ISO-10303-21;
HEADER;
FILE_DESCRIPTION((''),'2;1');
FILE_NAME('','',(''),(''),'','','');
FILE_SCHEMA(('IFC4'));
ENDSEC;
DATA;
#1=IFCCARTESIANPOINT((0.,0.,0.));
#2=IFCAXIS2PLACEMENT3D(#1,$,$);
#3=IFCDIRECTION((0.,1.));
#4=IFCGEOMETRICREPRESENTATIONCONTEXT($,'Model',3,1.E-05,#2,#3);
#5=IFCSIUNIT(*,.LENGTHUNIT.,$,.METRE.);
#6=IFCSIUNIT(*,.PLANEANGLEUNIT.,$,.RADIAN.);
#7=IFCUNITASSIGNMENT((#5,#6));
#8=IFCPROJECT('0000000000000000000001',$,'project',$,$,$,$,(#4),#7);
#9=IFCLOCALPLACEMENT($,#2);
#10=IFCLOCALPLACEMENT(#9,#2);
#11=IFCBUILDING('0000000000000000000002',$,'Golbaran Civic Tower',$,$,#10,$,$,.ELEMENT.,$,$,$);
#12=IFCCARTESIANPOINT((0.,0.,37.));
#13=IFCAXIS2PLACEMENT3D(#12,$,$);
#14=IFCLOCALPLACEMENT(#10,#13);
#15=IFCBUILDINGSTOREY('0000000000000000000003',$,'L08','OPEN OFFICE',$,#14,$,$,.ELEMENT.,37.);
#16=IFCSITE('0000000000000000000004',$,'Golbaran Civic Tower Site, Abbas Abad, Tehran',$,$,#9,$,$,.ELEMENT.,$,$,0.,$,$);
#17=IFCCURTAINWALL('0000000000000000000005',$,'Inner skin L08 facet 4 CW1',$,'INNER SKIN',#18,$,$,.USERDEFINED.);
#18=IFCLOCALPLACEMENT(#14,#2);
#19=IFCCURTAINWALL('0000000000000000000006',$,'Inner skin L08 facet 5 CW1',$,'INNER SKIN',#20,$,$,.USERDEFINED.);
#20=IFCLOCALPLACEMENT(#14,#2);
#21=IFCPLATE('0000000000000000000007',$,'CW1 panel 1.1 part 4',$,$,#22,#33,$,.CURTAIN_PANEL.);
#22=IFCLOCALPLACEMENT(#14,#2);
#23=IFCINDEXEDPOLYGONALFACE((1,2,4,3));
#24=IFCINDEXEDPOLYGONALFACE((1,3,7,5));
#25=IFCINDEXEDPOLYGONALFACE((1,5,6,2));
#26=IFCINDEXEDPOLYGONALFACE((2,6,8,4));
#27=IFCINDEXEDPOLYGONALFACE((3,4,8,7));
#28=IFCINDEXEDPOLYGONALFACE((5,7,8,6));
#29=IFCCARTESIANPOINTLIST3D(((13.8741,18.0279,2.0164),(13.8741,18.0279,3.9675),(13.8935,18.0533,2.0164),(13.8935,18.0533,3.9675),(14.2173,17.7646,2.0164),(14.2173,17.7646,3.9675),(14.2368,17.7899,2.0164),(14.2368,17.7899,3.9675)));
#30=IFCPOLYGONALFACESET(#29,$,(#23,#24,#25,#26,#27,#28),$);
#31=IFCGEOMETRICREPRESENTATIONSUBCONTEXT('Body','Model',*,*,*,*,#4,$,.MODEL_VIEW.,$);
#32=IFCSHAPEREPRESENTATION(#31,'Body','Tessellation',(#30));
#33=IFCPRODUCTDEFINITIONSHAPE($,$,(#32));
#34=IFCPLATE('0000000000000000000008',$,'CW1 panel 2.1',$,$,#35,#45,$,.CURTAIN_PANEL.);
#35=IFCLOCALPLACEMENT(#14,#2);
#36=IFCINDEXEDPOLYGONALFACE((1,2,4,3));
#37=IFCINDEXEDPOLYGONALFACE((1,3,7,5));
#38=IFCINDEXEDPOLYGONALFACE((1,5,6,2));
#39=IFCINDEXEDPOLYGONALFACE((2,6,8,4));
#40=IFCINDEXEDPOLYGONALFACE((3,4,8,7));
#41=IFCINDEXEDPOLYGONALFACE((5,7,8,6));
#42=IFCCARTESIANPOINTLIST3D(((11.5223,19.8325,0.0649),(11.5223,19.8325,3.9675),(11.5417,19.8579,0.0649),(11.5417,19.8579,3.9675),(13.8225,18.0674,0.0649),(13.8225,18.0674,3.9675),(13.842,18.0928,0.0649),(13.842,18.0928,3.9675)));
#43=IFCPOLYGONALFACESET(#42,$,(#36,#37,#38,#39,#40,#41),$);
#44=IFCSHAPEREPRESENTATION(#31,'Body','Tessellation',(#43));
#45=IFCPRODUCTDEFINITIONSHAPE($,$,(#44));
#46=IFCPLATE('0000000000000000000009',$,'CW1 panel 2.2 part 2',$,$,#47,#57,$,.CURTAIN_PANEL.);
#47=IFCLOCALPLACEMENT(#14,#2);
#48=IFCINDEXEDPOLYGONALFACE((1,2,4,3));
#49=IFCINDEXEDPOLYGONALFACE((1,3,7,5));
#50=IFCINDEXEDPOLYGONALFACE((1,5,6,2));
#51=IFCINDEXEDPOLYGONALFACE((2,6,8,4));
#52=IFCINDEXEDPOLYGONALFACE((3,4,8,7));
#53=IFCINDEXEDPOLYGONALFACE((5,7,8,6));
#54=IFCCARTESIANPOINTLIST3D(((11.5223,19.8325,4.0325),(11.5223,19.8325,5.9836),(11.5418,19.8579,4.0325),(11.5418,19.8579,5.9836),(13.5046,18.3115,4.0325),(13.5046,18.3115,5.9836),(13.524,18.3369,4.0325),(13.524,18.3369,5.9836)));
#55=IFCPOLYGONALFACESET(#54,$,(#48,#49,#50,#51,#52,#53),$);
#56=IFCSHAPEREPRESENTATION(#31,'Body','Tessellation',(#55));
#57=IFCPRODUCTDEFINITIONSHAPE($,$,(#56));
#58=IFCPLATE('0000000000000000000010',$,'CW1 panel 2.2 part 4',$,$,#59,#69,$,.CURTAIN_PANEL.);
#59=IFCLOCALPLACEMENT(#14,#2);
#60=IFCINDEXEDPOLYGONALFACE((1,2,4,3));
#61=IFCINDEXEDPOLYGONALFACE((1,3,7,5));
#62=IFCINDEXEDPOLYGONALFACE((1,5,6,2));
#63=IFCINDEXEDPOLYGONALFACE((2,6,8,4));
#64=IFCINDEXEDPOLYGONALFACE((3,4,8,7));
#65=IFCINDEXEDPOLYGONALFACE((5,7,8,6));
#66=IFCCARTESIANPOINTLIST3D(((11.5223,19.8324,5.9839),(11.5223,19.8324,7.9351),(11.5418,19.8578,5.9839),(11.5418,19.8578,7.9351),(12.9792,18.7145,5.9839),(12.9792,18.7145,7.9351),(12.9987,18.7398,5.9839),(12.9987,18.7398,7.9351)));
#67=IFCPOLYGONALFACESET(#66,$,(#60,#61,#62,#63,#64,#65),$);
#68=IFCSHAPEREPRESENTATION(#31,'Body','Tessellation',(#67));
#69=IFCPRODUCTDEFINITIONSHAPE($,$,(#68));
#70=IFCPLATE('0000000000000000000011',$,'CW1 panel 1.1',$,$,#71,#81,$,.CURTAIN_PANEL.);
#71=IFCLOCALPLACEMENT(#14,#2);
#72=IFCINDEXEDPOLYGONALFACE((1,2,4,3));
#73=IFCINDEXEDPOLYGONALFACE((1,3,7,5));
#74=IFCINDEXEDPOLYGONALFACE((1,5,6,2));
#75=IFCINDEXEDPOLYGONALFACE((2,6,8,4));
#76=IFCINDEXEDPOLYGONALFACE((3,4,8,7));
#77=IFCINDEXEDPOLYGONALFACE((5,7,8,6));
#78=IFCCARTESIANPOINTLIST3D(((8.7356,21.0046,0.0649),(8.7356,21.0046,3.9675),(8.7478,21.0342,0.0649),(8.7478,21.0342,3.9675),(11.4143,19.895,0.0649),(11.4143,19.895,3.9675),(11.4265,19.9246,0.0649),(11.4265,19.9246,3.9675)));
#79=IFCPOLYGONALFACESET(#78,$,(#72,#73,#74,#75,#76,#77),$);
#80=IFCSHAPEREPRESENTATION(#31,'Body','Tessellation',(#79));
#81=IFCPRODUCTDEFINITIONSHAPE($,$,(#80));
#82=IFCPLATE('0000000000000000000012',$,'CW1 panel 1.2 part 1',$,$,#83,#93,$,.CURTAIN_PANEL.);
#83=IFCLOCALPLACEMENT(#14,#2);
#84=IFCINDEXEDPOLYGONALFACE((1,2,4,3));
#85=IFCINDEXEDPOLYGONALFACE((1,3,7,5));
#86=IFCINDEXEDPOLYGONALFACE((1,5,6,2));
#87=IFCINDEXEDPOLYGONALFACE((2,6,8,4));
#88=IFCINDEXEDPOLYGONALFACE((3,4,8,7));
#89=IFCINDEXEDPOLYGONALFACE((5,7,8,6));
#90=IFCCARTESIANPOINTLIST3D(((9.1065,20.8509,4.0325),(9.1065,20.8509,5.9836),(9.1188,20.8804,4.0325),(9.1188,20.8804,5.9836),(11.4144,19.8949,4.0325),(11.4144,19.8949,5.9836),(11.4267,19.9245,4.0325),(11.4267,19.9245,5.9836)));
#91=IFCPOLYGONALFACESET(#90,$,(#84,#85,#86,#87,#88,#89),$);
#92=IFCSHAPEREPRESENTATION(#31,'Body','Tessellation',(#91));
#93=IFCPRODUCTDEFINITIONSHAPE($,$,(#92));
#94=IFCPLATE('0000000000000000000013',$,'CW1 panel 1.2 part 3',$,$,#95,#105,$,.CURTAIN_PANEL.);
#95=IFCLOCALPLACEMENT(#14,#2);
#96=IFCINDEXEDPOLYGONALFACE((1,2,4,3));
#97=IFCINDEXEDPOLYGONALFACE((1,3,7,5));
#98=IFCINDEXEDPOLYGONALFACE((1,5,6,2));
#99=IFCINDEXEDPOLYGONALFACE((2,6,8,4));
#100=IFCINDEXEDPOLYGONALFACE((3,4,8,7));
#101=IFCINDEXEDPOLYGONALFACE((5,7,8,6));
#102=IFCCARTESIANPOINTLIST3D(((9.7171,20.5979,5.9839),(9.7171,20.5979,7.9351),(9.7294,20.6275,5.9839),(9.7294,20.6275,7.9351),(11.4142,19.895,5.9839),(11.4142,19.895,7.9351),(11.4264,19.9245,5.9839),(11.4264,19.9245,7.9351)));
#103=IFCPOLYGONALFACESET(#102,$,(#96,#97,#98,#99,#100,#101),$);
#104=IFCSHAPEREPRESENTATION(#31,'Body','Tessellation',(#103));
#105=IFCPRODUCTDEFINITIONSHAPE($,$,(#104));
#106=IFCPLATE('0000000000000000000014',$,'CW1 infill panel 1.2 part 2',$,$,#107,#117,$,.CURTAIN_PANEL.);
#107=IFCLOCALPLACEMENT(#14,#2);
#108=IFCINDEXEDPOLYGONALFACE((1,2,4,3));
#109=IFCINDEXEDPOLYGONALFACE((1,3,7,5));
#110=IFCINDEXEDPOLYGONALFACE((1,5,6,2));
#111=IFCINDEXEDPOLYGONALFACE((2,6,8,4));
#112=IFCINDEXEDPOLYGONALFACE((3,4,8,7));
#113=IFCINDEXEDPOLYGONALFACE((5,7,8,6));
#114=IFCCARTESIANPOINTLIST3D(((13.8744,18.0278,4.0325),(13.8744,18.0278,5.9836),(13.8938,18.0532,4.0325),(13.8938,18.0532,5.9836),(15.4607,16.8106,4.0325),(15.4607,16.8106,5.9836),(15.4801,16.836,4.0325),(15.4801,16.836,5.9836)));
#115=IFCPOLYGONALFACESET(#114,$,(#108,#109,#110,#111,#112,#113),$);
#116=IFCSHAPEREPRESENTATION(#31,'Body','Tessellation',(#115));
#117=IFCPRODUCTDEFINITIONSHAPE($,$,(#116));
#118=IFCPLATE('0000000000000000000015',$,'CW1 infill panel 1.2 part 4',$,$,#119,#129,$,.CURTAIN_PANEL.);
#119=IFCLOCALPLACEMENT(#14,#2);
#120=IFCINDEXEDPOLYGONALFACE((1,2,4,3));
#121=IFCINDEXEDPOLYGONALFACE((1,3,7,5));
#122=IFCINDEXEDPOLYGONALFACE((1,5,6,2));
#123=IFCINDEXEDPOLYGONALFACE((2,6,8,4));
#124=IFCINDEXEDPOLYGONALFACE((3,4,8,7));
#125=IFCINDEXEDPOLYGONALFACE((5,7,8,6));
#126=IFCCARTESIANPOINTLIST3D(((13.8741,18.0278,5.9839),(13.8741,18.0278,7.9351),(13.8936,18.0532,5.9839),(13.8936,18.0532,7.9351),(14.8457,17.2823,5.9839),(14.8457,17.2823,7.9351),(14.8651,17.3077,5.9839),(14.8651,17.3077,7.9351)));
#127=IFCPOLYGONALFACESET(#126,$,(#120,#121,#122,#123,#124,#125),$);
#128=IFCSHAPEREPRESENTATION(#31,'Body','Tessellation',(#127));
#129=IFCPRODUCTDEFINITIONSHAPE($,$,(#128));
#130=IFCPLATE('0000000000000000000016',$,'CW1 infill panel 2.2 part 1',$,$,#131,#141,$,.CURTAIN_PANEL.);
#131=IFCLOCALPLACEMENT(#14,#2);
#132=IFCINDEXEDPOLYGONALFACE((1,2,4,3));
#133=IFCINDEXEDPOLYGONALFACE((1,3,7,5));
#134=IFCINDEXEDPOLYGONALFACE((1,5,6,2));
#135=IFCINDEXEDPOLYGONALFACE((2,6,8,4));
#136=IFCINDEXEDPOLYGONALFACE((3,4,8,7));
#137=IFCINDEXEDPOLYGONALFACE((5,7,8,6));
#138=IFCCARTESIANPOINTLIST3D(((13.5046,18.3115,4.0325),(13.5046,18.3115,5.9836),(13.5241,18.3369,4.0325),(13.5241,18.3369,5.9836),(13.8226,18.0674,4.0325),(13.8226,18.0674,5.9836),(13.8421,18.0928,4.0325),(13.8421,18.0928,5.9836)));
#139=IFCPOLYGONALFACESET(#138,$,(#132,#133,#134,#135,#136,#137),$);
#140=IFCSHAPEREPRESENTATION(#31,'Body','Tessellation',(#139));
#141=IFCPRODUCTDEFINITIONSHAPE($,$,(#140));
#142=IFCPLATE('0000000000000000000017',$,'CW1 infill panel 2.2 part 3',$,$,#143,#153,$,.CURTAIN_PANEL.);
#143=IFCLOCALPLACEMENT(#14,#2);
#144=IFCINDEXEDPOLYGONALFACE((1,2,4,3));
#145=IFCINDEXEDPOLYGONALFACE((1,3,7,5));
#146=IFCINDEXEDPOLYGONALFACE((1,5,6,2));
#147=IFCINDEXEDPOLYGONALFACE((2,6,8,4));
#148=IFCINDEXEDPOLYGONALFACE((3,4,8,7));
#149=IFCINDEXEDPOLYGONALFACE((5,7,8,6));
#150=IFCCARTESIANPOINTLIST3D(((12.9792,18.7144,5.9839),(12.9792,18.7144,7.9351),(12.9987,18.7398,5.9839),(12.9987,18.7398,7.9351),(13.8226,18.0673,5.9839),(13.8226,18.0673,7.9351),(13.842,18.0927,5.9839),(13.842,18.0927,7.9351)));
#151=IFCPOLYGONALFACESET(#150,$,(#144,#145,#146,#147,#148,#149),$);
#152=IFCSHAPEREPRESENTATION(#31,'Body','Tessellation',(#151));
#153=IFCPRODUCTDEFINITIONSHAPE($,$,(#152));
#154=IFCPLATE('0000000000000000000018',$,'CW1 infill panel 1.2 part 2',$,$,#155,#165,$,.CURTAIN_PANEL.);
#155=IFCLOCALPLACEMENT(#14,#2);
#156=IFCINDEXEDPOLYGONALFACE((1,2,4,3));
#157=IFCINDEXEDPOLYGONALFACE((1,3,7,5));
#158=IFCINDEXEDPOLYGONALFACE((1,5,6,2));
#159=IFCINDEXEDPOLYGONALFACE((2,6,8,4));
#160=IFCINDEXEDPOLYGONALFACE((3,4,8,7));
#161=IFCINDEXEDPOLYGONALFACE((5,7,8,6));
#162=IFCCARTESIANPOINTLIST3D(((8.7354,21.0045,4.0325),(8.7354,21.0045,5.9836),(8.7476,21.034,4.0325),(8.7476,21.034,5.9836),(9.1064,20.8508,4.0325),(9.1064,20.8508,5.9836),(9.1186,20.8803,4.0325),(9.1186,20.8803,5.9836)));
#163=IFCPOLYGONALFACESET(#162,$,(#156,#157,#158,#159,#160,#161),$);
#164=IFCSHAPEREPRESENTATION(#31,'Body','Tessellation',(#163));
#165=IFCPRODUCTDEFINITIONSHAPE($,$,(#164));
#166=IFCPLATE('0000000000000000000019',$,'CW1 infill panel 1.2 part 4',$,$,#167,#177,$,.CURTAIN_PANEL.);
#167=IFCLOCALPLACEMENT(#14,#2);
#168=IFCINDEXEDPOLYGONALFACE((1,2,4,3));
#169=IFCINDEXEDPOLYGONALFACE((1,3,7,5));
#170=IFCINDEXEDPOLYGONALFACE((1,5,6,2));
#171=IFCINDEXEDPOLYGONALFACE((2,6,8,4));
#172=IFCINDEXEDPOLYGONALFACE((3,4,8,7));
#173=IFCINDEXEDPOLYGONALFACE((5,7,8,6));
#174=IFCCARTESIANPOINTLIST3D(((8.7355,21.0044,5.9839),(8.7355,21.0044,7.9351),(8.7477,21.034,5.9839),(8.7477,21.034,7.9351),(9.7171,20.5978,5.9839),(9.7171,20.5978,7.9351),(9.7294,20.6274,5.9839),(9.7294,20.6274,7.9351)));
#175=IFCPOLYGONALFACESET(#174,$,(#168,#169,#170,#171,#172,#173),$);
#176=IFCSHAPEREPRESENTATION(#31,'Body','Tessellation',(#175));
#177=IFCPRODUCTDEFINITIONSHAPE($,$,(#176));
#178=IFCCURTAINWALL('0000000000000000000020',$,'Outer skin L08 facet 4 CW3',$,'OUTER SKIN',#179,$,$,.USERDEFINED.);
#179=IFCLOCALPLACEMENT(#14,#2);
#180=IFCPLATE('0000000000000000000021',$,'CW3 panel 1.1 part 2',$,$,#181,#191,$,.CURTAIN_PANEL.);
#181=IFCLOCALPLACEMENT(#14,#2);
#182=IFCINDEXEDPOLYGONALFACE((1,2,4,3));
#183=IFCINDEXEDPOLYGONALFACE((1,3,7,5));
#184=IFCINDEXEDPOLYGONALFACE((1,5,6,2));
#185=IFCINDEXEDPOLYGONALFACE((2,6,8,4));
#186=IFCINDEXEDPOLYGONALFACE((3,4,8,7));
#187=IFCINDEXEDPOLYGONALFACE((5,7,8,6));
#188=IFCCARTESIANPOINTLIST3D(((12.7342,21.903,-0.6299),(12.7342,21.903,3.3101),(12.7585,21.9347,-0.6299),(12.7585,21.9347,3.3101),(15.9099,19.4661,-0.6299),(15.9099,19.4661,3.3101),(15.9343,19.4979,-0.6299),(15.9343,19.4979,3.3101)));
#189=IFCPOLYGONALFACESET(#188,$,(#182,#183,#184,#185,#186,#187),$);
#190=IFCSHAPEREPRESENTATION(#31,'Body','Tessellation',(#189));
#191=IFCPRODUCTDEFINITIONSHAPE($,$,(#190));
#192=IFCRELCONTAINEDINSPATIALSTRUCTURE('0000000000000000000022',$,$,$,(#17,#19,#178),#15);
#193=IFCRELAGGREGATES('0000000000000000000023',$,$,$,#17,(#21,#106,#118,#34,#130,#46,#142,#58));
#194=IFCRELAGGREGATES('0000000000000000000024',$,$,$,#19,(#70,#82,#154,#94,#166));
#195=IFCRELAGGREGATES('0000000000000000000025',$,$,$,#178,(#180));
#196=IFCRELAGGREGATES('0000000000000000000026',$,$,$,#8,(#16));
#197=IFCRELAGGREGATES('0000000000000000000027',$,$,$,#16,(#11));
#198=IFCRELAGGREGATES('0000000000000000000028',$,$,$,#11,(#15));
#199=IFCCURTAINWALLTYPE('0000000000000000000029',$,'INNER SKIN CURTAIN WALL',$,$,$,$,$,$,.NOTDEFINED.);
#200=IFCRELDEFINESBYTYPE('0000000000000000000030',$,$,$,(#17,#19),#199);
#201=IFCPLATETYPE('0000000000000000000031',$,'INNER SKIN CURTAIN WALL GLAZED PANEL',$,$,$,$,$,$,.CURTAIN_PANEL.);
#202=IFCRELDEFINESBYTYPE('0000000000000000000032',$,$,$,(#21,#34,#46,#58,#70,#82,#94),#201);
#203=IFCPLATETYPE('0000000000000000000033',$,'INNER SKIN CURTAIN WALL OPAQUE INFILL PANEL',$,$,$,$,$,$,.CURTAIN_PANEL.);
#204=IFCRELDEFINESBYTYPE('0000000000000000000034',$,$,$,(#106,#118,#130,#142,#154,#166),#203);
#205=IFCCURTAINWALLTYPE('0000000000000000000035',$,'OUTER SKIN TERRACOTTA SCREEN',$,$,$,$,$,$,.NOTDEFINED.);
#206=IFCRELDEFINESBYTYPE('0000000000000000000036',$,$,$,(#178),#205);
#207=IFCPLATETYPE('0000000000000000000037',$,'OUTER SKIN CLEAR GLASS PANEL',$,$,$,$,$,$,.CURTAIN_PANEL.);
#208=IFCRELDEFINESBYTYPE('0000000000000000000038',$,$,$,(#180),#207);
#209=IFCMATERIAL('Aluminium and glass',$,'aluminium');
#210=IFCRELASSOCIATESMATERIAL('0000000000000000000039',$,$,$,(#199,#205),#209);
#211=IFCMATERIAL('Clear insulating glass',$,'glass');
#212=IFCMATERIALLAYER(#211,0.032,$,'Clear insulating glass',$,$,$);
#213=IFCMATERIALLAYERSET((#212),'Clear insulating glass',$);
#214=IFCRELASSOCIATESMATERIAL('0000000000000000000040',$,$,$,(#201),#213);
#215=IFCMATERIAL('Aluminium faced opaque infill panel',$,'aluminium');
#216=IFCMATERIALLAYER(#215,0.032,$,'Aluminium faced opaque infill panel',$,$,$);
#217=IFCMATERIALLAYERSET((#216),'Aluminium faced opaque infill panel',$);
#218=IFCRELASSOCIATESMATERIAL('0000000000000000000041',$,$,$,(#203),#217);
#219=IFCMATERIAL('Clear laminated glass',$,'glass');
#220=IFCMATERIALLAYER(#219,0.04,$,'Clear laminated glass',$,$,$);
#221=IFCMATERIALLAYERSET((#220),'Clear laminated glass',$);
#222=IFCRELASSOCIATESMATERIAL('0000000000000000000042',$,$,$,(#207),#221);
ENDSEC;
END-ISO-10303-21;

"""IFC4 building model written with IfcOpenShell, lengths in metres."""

from ifc_helpers import new_model, si_unit, direction, frame, origin, origin_2d, place, context, subcontext, project, spatial, rectangle, extrude, material, layer, layer_set, type_object, element, aggregate, save


model = new_model("IFC4")

# Units and contexts
model_context = context("Model", 3, precision=1e-05, world=origin(), true_north=direction((0.0, 1.0)))
body_context = subcontext(model_context, "Body", "Model", "MODEL_VIEW")
ifc_project = project(units=[si_unit("LENGTHUNIT", "METRE"), si_unit("PLANEANGLEUNIT", "RADIAN")], contexts=[model_context])

# Site, building, storey
site_placement = place(None, origin())
site = spatial("IfcSite", under=ifc_project, at=site_placement, Name="Golbaran Civic Tower Site, Abbas Abad, Tehran", CompositionType="ELEMENT", RefElevation=0.0)
building_placement = place(site_placement, origin())
building = spatial("IfcBuilding", under=site, at=building_placement, Name="Golbaran Civic Tower", CompositionType="ELEMENT")
storey_placement = place(building_placement, frame((0.0, 0.0, 37.0)))
storey = spatial("IfcBuildingStorey", under=building, at=storey_placement, Name="L08", Description="OPEN OFFICE", CompositionType="ELEMENT", Elevation=37.0)

# Curtain walls
ifc_material_1 = material(Name="Aluminium and glass", Category="aluminium")
curtain_wall_type_1 = type_object("IfcCurtainWallType", Name="INNER SKIN CURTAIN WALL", PredefinedType="NOTDEFINED", material=ifc_material_1)
curtain_wall_1_placement = place(storey_placement, origin())
curtain_wall_1 = element("IfcCurtainWall", 1, at=curtain_wall_1_placement, inside=storey, type_object=curtain_wall_type_1, Name="Inner skin L08 facet 4 CW1", ObjectType="INNER SKIN", PredefinedType="USERDEFINED")
curtain_wall_2_placement = place(storey_placement, origin())
curtain_wall_2 = element("IfcCurtainWall", 2, at=curtain_wall_2_placement, inside=storey, type_object=curtain_wall_type_1, Name="Inner skin L08 facet 5 CW1", ObjectType="INNER SKIN", PredefinedType="USERDEFINED")

# Plates
ifc_material_2 = material(Name="Clear insulating glass", Category="glass")
ifc_layer_1 = layer(ifc_material_2, 0.032, Name="Clear insulating glass")
ifc_layer_set_1 = layer_set([ifc_layer_1], Name="Clear insulating glass")
plate_type_1 = type_object("IfcPlateType", Name="INNER SKIN CURTAIN WALL GLAZED PANEL", PredefinedType="CURTAIN_PANEL", material=ifc_layer_set_1)
plate_1_placement = place(storey_placement, frame((14.0554, 17.9089, 2.0164), z_axis=(0.0, 0.0, 1.0), x_axis=(-0.793353, 0.608761, 0.0)))
plate_1 = element("IfcPlate", 3, at=plate_1_placement, type_object=plate_type_1, Name="CW1 panel 1.1 part 4", PredefinedType="CURTAIN_PANEL", context=body_context, shape_type="SweptSolid", body=[
    extrude(rectangle(XDim=0.4326, YDim=0.032, at=origin_2d()), origin(), (0.0, 0.0, 1.0), 1.9512),
])
plate_2_placement = place(storey_placement, frame((12.6821, 18.9626, 0.0649), z_axis=(0.0, 0.0, 1.0), x_axis=(-0.793353, 0.608761, 0.0)))
plate_2 = element("IfcPlate", 4, at=plate_2_placement, type_object=plate_type_1, Name="CW1 panel 2.1", PredefinedType="CURTAIN_PANEL", context=body_context, shape_type="SweptSolid", body=[
    extrude(rectangle(XDim=2.8994, YDim=0.032, at=origin_2d()), origin(), (0.0, 0.0, 1.0), 3.9026),
])
plate_3_placement = place(storey_placement, frame((12.5232, 19.0847, 4.0325), z_axis=(0.0, 0.0, 1.0), x_axis=(-0.793353, 0.608761, 0.0)))
plate_3 = element("IfcPlate", 5, at=plate_3_placement, type_object=plate_type_1, Name="CW1 panel 2.2 part 2", PredefinedType="CURTAIN_PANEL", context=body_context, shape_type="SweptSolid", body=[
    extrude(rectangle(XDim=2.4985, YDim=0.032, at=origin_2d()), origin(), (0.0, 0.0, 1.0), 1.9512),
])
plate_4_placement = place(storey_placement, frame((12.2605, 19.2861, 5.9839), z_axis=(0.0, 0.0, 1.0), x_axis=(-0.793353, 0.608761, 0.0)))
plate_4 = element("IfcPlate", 6, at=plate_4_placement, type_object=plate_type_1, Name="CW1 panel 2.2 part 4", PredefinedType="CURTAIN_PANEL", context=body_context, shape_type="SweptSolid", body=[
    extrude(rectangle(XDim=1.8364, YDim=0.032, at=origin_2d()), origin(), (0.0, 0.0, 1.0), 1.9512),
])
plate_5_placement = place(storey_placement, frame((10.0811, 20.4646, 0.0649), z_axis=(0.0, 0.0, 1.0), x_axis=(-0.92388, 0.382683, 0.0)))
plate_5 = element("IfcPlate", 7, at=plate_5_placement, type_object=plate_type_1, Name="CW1 panel 1.1", PredefinedType="CURTAIN_PANEL", context=body_context, shape_type="SweptSolid", body=[
    extrude(rectangle(XDim=2.8994, YDim=0.032, at=origin_2d()), origin(), (0.0, 0.0, 1.0), 3.9026),
])
plate_6_placement = place(storey_placement, frame((10.2666, 20.3877, 4.0325), z_axis=(0.0, 0.0, 1.0), x_axis=(-0.92388, 0.382683, 0.0)))
plate_6 = element("IfcPlate", 8, at=plate_6_placement, type_object=plate_type_1, Name="CW1 panel 1.2 part 1", PredefinedType="CURTAIN_PANEL", context=body_context, shape_type="SweptSolid", body=[
    extrude(rectangle(XDim=2.498, YDim=0.032, at=origin_2d()), origin(), (0.0, 0.0, 1.0), 1.9512),
])
plate_7_placement = place(storey_placement, frame((10.5718, 20.2612, 5.9839), z_axis=(0.0, 0.0, 1.0), x_axis=(-0.92388, 0.382683, 0.0)))
plate_7 = element("IfcPlate", 9, at=plate_7_placement, type_object=plate_type_1, Name="CW1 panel 1.2 part 3", PredefinedType="CURTAIN_PANEL", context=body_context, shape_type="SweptSolid", body=[
    extrude(rectangle(XDim=1.8369, YDim=0.032, at=origin_2d()), origin(), (0.0, 0.0, 1.0), 1.9512),
])
ifc_material_3 = material(Name="Aluminium faced opaque infill panel", Category="aluminium")
ifc_layer_2 = layer(ifc_material_3, 0.032, Name="Aluminium faced opaque infill panel")
ifc_layer_set_2 = layer_set([ifc_layer_2], Name="Aluminium faced opaque infill panel")
plate_type_2 = type_object("IfcPlateType", Name="INNER SKIN CURTAIN WALL OPAQUE INFILL PANEL", PredefinedType="CURTAIN_PANEL", material=ifc_layer_set_2)
plate_8_placement = place(storey_placement, frame((14.6772, 17.4319, 4.0325), z_axis=(0.0, 0.0, 1.0), x_axis=(-0.793353, 0.608761, 0.0)))
plate_8 = element("IfcPlate", 10, at=plate_8_placement, type_object=plate_type_2, Name="CW1 infill panel 1.2 part 2", PredefinedType="CURTAIN_PANEL", context=body_context, shape_type="SweptSolid", body=[
    extrude(rectangle(XDim=1.9995, YDim=0.032, at=origin_2d()), origin(), (0.0, 0.0, 1.0), 1.9512),
])
plate_9_placement = place(storey_placement, frame((14.3696, 17.6677, 5.9839), z_axis=(0.0, 0.0, 1.0), x_axis=(-0.793353, 0.608761, 0.0)))
plate_9 = element("IfcPlate", 11, at=plate_9_placement, type_object=plate_type_2, Name="CW1 infill panel 1.2 part 4", PredefinedType="CURTAIN_PANEL", context=body_context, shape_type="SweptSolid", body=[
    extrude(rectangle(XDim=1.2246, YDim=0.032, at=origin_2d()), origin(), (0.0, 0.0, 1.0), 1.9512),
])
plate_10_placement = place(storey_placement, frame((13.6733, 18.2021, 4.0325), z_axis=(0.0, 0.0, 1.0), x_axis=(-0.793353, 0.608761, 0.0)))
plate_10 = element("IfcPlate", 12, at=plate_10_placement, type_object=plate_type_2, Name="CW1 infill panel 2.2 part 1", PredefinedType="CURTAIN_PANEL", context=body_context, shape_type="SweptSolid", body=[
    extrude(rectangle(XDim=0.4009, YDim=0.032, at=origin_2d()), origin(), (0.0, 0.0, 1.0), 1.9512),
])
plate_11_placement = place(storey_placement, frame((13.4106, 18.4036, 5.9839), z_axis=(0.0, 0.0, 1.0), x_axis=(-0.793353, 0.608761, 0.0)))
plate_11 = element("IfcPlate", 13, at=plate_11_placement, type_object=plate_type_2, Name="CW1 infill panel 2.2 part 3", PredefinedType="CURTAIN_PANEL", context=body_context, shape_type="SweptSolid", body=[
    extrude(rectangle(XDim=1.063, YDim=0.032, at=origin_2d()), origin(), (0.0, 0.0, 1.0), 1.9512),
])
aggregate(curtain_wall_1, [plate_1, plate_8, plate_9, plate_2, plate_10, plate_3, plate_11, plate_4])
plate_12_placement = place(storey_placement, frame((8.927, 20.9424, 4.0325), z_axis=(0.0, 0.0, 1.0), x_axis=(-0.92388, 0.382683, 0.0)))
plate_12 = element("IfcPlate", 14, at=plate_12_placement, type_object=plate_type_2, Name="CW1 infill panel 1.2 part 2", PredefinedType="CURTAIN_PANEL", context=body_context, shape_type="SweptSolid", body=[
    extrude(rectangle(XDim=0.4016, YDim=0.032, at=origin_2d()), origin(), (0.0, 0.0, 1.0), 1.9512),
])
plate_13_placement = place(storey_placement, frame((9.2324, 20.8159, 5.9839), z_axis=(0.0, 0.0, 1.0), x_axis=(-0.92388, 0.382683, 0.0)))
plate_13 = element("IfcPlate", 15, at=plate_13_placement, type_object=plate_type_2, Name="CW1 infill panel 1.2 part 4", PredefinedType="CURTAIN_PANEL", context=body_context, shape_type="SweptSolid", body=[
    extrude(rectangle(XDim=1.0625, YDim=0.032, at=origin_2d()), origin(), (0.0, 0.0, 1.0), 1.9512),
])
aggregate(curtain_wall_2, [plate_5, plate_6, plate_12, plate_7, plate_13])

# Curtain wall, plate
curtain_wall_type_2 = type_object("IfcCurtainWallType", Name="OUTER SKIN TERRACOTTA SCREEN", PredefinedType="NOTDEFINED", material=ifc_material_1)
curtain_wall_3_placement = place(storey_placement, origin())
curtain_wall_3 = element("IfcCurtainWall", 16, at=curtain_wall_3_placement, inside=storey, type_object=curtain_wall_type_2, Name="Outer skin L08 facet 4 CW3", ObjectType="OUTER SKIN", PredefinedType="USERDEFINED")
ifc_material_4 = material(Name="Clear laminated glass", Category="glass")
ifc_layer_3 = layer(ifc_material_4, 0.04, Name="Clear laminated glass")
ifc_layer_set_3 = layer_set([ifc_layer_3], Name="Clear laminated glass")
plate_type_3 = type_object("IfcPlateType", Name="OUTER SKIN CLEAR GLASS PANEL", PredefinedType="CURTAIN_PANEL", material=ifc_layer_set_3)
plate_14_placement = place(storey_placement, frame((14.3342, 20.7004, -0.6299), z_axis=(0.0, 0.0, 1.0), x_axis=(-0.793353, 0.608761, 0.0)))
plate_14 = element("IfcPlate", 17, at=plate_14_placement, type_object=plate_type_3, Name="CW3 panel 1.1 part 2", PredefinedType="CURTAIN_PANEL", context=body_context, shape_type="SweptSolid", body=[
    extrude(rectangle(XDim=4.0029, YDim=0.04, at=origin_2d()), origin(), (0.0, 0.0, 1.0), 3.9399),
])
aggregate(curtain_wall_3, [plate_14])

save(model, "model.ifc")
